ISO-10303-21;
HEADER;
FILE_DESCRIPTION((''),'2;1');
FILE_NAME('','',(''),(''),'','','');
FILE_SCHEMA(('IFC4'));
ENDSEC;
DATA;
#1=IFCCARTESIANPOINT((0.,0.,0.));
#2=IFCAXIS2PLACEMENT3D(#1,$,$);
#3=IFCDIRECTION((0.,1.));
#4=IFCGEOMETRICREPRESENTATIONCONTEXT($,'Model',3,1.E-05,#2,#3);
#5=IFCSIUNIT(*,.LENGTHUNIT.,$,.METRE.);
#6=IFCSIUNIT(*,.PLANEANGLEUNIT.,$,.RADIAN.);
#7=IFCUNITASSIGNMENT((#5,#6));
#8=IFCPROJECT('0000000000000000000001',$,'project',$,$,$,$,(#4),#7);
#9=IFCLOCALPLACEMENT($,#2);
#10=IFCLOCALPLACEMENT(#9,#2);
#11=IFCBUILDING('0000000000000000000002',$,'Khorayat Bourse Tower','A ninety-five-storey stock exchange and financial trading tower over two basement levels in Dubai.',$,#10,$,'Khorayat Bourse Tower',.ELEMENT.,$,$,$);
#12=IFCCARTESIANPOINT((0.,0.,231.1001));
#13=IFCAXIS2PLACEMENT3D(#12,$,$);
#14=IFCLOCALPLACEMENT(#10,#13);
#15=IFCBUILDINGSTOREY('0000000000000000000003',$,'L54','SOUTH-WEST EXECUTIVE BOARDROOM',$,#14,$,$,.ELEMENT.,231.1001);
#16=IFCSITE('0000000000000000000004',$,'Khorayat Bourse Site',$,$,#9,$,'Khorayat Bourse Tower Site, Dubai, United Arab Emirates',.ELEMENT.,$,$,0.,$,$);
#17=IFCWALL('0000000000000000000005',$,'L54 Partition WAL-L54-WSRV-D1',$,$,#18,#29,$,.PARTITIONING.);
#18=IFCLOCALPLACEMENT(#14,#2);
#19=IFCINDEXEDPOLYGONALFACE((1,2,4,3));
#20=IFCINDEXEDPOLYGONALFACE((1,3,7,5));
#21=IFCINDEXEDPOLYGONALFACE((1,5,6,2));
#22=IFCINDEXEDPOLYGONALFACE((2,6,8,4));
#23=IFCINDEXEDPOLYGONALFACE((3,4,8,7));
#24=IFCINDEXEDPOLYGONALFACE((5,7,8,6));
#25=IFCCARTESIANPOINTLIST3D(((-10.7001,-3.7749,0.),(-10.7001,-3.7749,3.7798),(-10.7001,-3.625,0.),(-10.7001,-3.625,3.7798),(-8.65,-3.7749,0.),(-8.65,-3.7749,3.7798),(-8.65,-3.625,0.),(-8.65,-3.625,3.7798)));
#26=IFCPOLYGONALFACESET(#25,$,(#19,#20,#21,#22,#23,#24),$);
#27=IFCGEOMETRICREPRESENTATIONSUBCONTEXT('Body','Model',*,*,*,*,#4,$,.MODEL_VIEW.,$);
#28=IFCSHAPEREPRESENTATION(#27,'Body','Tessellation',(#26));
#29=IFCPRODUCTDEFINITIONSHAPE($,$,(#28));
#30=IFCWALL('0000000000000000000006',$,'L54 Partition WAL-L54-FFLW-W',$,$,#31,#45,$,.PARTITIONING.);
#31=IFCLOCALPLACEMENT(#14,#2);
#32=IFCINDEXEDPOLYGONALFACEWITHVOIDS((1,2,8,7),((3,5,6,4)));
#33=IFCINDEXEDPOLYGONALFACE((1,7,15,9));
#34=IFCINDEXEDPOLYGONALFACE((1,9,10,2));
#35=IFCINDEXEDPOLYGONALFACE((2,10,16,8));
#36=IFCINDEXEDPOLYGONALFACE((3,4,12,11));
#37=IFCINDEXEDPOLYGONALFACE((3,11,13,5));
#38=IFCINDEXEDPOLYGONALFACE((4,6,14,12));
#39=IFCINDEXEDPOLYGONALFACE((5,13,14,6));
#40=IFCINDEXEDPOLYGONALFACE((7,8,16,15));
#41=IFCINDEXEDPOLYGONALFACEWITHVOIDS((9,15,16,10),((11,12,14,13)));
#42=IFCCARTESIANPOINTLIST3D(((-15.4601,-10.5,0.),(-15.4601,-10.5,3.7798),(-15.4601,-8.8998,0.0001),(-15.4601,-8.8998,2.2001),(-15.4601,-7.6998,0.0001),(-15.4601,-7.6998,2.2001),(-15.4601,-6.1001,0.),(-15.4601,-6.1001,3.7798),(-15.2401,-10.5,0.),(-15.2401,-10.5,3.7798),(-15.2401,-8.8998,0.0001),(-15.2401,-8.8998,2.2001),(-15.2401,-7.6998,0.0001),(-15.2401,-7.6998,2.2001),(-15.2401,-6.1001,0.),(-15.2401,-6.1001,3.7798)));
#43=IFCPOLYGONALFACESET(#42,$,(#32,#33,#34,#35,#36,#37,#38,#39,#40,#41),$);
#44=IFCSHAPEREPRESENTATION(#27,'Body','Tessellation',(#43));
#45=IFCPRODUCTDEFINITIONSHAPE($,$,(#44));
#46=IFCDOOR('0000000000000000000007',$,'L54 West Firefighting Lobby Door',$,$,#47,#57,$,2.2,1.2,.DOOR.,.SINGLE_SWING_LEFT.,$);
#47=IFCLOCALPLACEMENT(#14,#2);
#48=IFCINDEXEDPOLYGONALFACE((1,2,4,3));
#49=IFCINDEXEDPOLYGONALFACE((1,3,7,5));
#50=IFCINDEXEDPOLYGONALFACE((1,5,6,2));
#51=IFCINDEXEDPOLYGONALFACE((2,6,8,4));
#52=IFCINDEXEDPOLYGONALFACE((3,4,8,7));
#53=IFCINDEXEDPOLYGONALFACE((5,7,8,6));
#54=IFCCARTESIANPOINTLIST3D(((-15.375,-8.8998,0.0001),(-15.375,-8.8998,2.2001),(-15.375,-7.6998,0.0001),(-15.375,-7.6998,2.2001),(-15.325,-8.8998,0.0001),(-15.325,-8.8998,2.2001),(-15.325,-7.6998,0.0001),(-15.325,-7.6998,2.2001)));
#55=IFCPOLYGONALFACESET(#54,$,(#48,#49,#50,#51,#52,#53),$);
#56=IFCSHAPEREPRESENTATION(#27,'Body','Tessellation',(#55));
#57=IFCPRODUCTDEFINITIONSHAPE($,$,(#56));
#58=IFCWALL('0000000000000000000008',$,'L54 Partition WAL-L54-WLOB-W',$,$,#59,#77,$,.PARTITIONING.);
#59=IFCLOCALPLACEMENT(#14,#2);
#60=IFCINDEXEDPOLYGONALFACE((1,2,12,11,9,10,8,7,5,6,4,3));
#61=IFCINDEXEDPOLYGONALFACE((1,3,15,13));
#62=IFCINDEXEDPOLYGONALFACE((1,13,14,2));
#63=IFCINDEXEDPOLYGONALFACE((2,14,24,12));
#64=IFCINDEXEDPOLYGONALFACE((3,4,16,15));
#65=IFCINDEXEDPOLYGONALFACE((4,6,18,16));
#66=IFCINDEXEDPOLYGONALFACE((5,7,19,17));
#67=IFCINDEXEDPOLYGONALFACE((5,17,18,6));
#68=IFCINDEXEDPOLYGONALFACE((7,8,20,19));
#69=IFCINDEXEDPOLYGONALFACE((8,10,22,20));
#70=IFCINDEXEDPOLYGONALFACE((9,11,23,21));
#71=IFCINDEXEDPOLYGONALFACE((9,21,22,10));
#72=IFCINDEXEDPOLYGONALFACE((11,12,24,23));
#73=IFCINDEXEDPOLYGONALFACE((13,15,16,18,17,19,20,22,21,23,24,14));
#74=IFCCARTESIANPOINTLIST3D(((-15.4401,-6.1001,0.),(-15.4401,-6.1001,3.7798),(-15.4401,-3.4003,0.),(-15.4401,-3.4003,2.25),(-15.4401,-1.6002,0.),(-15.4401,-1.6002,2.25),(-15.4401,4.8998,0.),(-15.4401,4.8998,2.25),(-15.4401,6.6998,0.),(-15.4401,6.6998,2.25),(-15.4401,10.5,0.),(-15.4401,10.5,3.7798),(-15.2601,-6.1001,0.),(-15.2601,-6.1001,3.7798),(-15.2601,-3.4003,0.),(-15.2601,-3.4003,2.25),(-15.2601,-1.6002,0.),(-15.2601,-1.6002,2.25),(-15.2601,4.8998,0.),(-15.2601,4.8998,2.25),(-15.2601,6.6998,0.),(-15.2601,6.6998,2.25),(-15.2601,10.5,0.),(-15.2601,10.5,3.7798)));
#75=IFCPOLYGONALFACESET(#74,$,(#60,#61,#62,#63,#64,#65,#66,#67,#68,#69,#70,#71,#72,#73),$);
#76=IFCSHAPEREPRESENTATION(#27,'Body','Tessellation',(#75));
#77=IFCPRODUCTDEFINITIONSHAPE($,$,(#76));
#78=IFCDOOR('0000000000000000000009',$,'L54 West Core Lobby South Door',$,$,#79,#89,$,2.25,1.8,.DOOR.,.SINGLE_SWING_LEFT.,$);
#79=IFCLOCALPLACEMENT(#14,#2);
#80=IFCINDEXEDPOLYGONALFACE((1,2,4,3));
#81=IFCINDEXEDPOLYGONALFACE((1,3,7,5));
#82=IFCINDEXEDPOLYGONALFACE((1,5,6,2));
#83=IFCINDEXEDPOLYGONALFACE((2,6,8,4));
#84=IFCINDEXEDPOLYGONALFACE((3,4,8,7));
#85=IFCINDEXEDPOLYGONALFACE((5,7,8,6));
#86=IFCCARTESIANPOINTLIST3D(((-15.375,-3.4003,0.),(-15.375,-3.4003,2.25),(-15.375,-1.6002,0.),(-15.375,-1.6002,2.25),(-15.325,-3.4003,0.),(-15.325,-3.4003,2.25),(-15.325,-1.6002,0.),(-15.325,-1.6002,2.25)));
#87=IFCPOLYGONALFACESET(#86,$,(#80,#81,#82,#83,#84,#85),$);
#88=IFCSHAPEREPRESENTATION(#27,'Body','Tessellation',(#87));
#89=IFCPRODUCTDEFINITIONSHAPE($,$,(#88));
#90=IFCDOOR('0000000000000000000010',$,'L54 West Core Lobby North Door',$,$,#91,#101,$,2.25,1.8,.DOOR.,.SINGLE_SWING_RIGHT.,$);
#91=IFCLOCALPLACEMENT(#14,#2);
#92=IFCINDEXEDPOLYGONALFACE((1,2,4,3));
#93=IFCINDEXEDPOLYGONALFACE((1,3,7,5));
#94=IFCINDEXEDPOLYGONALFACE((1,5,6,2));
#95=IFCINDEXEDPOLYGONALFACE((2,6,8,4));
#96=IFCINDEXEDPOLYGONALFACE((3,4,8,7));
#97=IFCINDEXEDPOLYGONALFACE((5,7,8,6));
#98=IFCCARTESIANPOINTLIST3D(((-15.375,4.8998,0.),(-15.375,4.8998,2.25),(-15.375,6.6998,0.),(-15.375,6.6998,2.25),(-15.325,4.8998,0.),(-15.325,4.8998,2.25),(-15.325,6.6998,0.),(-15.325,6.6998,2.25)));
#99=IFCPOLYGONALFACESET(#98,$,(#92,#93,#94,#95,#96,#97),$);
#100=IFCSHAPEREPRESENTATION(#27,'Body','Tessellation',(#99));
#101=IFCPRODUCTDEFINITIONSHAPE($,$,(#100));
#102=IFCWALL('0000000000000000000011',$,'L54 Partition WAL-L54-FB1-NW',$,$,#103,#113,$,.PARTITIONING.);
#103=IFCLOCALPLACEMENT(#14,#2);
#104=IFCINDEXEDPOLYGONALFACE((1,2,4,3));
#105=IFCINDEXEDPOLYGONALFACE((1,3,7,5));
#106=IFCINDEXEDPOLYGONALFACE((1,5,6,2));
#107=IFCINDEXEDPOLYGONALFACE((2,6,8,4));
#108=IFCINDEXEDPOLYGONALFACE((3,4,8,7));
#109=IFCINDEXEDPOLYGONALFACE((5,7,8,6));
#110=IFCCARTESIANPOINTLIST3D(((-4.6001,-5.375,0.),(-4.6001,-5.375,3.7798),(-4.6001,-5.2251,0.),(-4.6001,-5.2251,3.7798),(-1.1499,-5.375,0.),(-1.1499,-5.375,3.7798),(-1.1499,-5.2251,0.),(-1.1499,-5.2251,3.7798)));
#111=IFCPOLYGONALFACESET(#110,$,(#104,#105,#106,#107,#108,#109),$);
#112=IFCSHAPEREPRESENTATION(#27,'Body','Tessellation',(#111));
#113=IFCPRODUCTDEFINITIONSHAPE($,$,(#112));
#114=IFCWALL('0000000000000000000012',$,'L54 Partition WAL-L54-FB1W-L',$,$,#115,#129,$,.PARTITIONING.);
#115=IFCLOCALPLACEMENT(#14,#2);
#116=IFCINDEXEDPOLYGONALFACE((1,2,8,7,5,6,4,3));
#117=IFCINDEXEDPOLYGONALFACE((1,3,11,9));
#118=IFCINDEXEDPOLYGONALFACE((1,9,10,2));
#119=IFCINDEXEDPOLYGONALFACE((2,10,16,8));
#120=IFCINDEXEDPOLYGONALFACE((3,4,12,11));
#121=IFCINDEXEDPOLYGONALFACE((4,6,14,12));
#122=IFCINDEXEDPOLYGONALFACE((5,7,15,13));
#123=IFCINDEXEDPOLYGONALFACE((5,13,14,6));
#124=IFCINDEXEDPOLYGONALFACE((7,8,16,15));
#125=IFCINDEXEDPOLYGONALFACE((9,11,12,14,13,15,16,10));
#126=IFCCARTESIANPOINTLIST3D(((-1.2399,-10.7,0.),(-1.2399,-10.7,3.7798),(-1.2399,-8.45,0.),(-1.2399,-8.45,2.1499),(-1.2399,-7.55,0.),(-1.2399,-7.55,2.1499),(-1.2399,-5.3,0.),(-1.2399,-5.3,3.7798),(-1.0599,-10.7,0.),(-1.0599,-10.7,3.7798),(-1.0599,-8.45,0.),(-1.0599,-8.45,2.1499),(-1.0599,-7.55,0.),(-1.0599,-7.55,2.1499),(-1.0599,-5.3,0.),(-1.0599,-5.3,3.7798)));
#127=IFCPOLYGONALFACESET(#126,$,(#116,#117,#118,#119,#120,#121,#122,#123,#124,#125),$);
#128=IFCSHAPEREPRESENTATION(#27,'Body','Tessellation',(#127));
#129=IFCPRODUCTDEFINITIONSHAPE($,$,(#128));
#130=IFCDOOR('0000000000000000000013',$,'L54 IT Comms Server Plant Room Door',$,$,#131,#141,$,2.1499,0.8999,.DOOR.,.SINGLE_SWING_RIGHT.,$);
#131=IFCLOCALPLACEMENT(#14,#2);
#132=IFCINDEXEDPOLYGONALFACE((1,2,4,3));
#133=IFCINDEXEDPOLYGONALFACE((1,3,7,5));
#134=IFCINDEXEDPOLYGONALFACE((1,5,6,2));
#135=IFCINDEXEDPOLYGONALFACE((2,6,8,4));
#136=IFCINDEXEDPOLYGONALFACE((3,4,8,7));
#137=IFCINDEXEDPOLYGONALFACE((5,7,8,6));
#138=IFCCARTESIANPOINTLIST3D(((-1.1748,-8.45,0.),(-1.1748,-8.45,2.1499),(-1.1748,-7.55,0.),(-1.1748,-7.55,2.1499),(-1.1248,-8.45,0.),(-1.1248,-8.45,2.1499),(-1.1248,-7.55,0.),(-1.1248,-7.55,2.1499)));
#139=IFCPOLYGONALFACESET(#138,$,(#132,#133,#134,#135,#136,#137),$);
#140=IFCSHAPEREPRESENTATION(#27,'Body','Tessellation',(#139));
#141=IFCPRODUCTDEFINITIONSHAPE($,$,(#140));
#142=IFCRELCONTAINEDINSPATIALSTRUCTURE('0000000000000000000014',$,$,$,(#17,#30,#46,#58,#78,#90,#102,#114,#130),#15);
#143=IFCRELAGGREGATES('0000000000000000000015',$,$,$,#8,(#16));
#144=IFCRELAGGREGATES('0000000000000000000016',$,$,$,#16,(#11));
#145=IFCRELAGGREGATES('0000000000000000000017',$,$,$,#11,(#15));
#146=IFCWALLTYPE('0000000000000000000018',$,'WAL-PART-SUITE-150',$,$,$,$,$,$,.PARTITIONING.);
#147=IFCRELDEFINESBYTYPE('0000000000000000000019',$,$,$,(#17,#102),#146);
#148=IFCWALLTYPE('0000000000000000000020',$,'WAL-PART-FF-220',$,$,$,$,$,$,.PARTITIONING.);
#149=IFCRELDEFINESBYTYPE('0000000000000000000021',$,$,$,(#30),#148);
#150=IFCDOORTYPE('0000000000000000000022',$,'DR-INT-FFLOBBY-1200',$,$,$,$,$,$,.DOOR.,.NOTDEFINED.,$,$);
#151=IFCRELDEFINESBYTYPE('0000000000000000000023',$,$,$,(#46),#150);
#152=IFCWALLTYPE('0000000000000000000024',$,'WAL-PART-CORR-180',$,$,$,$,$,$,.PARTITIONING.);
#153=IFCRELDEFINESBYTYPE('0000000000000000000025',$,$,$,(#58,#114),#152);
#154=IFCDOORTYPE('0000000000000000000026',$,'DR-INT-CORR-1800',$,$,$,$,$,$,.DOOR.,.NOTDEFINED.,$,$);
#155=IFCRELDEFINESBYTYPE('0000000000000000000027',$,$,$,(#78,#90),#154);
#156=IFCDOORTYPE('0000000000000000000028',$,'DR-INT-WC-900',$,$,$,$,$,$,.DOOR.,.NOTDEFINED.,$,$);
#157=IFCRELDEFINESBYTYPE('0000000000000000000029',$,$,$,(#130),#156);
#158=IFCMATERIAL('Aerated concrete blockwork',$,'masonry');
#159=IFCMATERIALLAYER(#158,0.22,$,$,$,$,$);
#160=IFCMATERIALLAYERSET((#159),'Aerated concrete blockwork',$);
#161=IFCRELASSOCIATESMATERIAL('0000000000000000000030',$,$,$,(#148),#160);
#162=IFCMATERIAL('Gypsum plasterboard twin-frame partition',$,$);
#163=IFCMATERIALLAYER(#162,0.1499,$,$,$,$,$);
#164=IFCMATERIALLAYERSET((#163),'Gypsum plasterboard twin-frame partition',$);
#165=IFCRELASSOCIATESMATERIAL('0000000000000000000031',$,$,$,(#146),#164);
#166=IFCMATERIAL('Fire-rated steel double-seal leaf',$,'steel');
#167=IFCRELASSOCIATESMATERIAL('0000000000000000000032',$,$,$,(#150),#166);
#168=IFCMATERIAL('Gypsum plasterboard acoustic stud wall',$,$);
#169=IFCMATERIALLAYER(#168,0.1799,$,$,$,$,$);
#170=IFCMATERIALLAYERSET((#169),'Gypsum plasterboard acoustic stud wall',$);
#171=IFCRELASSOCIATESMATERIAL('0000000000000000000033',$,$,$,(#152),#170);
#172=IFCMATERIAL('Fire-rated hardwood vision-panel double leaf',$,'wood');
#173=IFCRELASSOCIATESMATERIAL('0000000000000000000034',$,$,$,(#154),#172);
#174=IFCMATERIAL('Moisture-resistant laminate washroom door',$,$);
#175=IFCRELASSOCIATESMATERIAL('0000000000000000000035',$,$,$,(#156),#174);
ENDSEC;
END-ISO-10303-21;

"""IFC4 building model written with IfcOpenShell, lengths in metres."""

from ifc_helpers import new_model, si_unit, direction, frame, frame_2d, origin, place, context, subcontext, project, spatial, rectangle, extrude, source, transform, mapped, material, layer, layer_set, type_object, element, fill, save


model = new_model("IFC4")

# Units and contexts
model_context = context("Model", 3, precision=1e-05, world=origin(), true_north=direction((0.0, 1.0)))
body_context = subcontext(model_context, "Body", "Model", "MODEL_VIEW")
ifc_project = project(units=[si_unit("LENGTHUNIT", "METRE"), si_unit("PLANEANGLEUNIT", "RADIAN")], contexts=[model_context])

# Site, building, storey
site_placement = place(None, origin())
site = spatial("IfcSite", under=ifc_project, at=site_placement, Name="Khorayat Bourse Site", LongName="Khorayat Bourse Tower Site, Dubai, United Arab Emirates", CompositionType="ELEMENT", RefElevation=0.0)
building_placement = place(site_placement, origin())
building = spatial("IfcBuilding", under=site, at=building_placement, Name="Khorayat Bourse Tower", Description="A ninety-five-storey stock exchange and financial trading tower over two basement levels in Dubai.", LongName="Khorayat Bourse Tower", CompositionType="ELEMENT")
storey_placement = place(building_placement, frame((0.0, 0.0, 231.1001)))
storey = spatial("IfcBuildingStorey", under=building, at=storey_placement, Name="L54", Description="SOUTH-WEST EXECUTIVE BOARDROOM", CompositionType="ELEMENT", Elevation=231.1001)

# Wall
ifc_material_1 = material(Name="Aerated concrete blockwork", Category="masonry")
ifc_layer_1 = layer(ifc_material_1, 0.22)
ifc_layer_set_1 = layer_set([ifc_layer_1], Name="Aerated concrete blockwork")
wall_type_1 = type_object("IfcWallType", Name="WAL-PART-FF-220", PredefinedType="PARTITIONING", material=ifc_layer_set_1)
ifc_material_2 = material(Name="Gypsum plasterboard twin-frame partition")
ifc_layer_2 = layer(ifc_material_2, 0.1499)
ifc_layer_set_2 = layer_set([ifc_layer_2], Name="Gypsum plasterboard twin-frame partition")
wall_type_2 = type_object("IfcWallType", Name="WAL-PART-SUITE-150", PredefinedType="PARTITIONING", material=ifc_layer_set_2)
shared_shape_1 = source(origin(), body_context, "Body", "SweptSolid", [
    extrude(rectangle(XDim=2.05, YDim=0.1499, at=frame_2d((1.0249, 0.0))), origin(), (0.0, 0.0, 1.0), 3.7798),
])
wall_1_placement = place(storey_placement, frame((-10.7, -3.7, 0.0), z_axis=(0.0, 0.0, 1.0), x_axis=(1.0, 0.0, 0.0)))
element("IfcWall", 1, at=wall_1_placement, inside=storey, type_object=wall_type_2, Name="L54 Partition WAL-L54-WSRV-D1", PredefinedType="PARTITIONING", context=body_context, shape_type="MappedRepresentation", body=[
    mapped(shared_shape_1, transform((0.0, 0.0, 0.0), scale=1.0)),
])

# Wall, opening, door
shared_shape_2 = source(origin(), body_context, "Body", "SweptSolid", [
    extrude(rectangle(XDim=4.3999, YDim=0.22, at=frame_2d((2.2, 0.0))), origin(), (0.0, 0.0, 1.0), 3.7798),
])
wall_2_placement = place(storey_placement, frame((-15.3501, -10.5, 0.0), z_axis=(0.0, 0.0, 1.0), x_axis=(0.0, 1.0, 0.0)))
wall_2 = element("IfcWall", 2, at=wall_2_placement, inside=storey, type_object=wall_type_1, Name="L54 Partition WAL-L54-FFLW-W", PredefinedType="PARTITIONING", context=body_context, shape_type="MappedRepresentation", body=[
    mapped(shared_shape_2, transform((0.0, 0.0, 0.0), scale=1.0)),
])
shared_shape_3 = source(origin(), body_context, "Body", "SweptSolid", [
    extrude(rectangle(XDim=1.2, YDim=2.2, at=frame_2d((0.6001, 1.1001))), frame((0.0, 0.1199, 0.0), z_axis=(0.0, -1.0, 0.0), x_axis=(1.0, 0.0, 0.0)), (0.0, 0.0, 1.0), 0.24),
])
opening_1_placement = place(wall_2_placement, frame((1.6001, 0.0, 0.0)))
opening_1 = element("IfcOpeningElement", 3, at=opening_1_placement, cuts=wall_2, PredefinedType="OPENING", context=body_context, shape_type="MappedRepresentation", body=[
    mapped(shared_shape_3, transform((0.0, 0.0, 0.0), scale=1.0)),
])
ifc_material_3 = material(Name="Fire-rated steel double-seal leaf", Category="steel")
door_type_1 = type_object("IfcDoorType", Name="DR-INT-FFLOBBY-1200", OperationType="NOTDEFINED", PredefinedType="DOOR", material=ifc_material_3)
shared_shape_4 = source(origin(), body_context, "Body", "SweptSolid", [
    extrude(rectangle(XDim=1.2, YDim=2.2, at=frame_2d((0.6001, 1.1001))), frame((0.0, 0.0249, 0.0), z_axis=(0.0, -1.0, 0.0), x_axis=(1.0, 0.0, 0.0)), (0.0, 0.0, 1.0), 0.05),
])
door_1_placement = place(opening_1_placement, origin())
door_1 = element("IfcDoor", 4, at=door_1_placement, inside=storey, type_object=door_type_1, Name="L54 West Firefighting Lobby Door", OperationType="SINGLE_SWING_LEFT", OverallHeight=2.2, OverallWidth=1.2, PredefinedType="DOOR", context=body_context, shape_type="MappedRepresentation", body=[
    mapped(shared_shape_4, transform((0.0, 0.0, 0.0), scale=1.0)),
])
fill(opening_1, door_1)

# Wall, openings, doors
ifc_material_4 = material(Name="Gypsum plasterboard acoustic stud wall")
ifc_layer_3 = layer(ifc_material_4, 0.1799)
ifc_layer_set_3 = layer_set([ifc_layer_3], Name="Gypsum plasterboard acoustic stud wall")
wall_type_3 = type_object("IfcWallType", Name="WAL-PART-CORR-180", PredefinedType="PARTITIONING", material=ifc_layer_set_3)
shared_shape_5 = source(origin(), body_context, "Body", "SweptSolid", [
    extrude(rectangle(XDim=16.6001, YDim=0.1799, at=frame_2d((8.3, 0.0))), origin(), (0.0, 0.0, 1.0), 3.7798),
])
wall_3_placement = place(storey_placement, frame((-15.3501, -6.1001, 0.0), z_axis=(0.0, 0.0, 1.0), x_axis=(0.0, 1.0, 0.0)))
wall_3 = element("IfcWall", 5, at=wall_3_placement, inside=storey, type_object=wall_type_3, Name="L54 Partition WAL-L54-WLOB-W", PredefinedType="PARTITIONING", context=body_context, shape_type="MappedRepresentation", body=[
    mapped(shared_shape_5, transform((0.0, 0.0, 0.0), scale=1.0)),
])
shared_shape_6 = source(origin(), body_context, "Body", "SweptSolid", [
    extrude(rectangle(XDim=1.8, YDim=2.25, at=frame_2d((0.8999, 1.125))), frame((0.0, 0.0999, 0.0), z_axis=(0.0, -1.0, 0.0), x_axis=(1.0, 0.0, 0.0)), (0.0, 0.0, 1.0), 0.2),
])
opening_2_placement = place(wall_3_placement, frame((2.7, 0.0, 0.0)))
opening_2 = element("IfcOpeningElement", 6, at=opening_2_placement, cuts=wall_3, PredefinedType="OPENING", context=body_context, shape_type="MappedRepresentation", body=[
    mapped(shared_shape_6, transform((0.0, 0.0, 0.0), scale=1.0)),
])
opening_3_placement = place(wall_3_placement, frame((11.0, 0.0, 0.0)))
opening_3 = element("IfcOpeningElement", 7, at=opening_3_placement, cuts=wall_3, PredefinedType="OPENING", context=body_context, shape_type="MappedRepresentation", body=[
    mapped(shared_shape_6, transform((0.0, 0.0, 0.0), scale=1.0)),
])
ifc_material_5 = material(Name="Fire-rated hardwood vision-panel double leaf", Category="wood")
door_type_2 = type_object("IfcDoorType", Name="DR-INT-CORR-1800", OperationType="NOTDEFINED", PredefinedType="DOOR", material=ifc_material_5)
shared_shape_7 = source(origin(), body_context, "Body", "SweptSolid", [
    extrude(rectangle(XDim=1.8, YDim=2.25, at=frame_2d((0.8999, 1.125))), frame((0.0, 0.0249, 0.0), z_axis=(0.0, -1.0, 0.0), x_axis=(1.0, 0.0, 0.0)), (0.0, 0.0, 1.0), 0.05),
])
door_2_placement = place(opening_2_placement, origin())
door_2 = element("IfcDoor", 8, at=door_2_placement, inside=storey, type_object=door_type_2, Name="L54 West Core Lobby South Door", OperationType="SINGLE_SWING_LEFT", OverallHeight=2.25, OverallWidth=1.8, PredefinedType="DOOR", context=body_context, shape_type="MappedRepresentation", body=[
    mapped(shared_shape_7, transform((0.0, 0.0, 0.0), scale=1.0)),
])
fill(opening_2, door_2)
door_3_placement = place(opening_3_placement, origin())
door_3 = element("IfcDoor", 9, at=door_3_placement, inside=storey, type_object=door_type_2, Name="L54 West Core Lobby North Door", OperationType="SINGLE_SWING_RIGHT", OverallHeight=2.25, OverallWidth=1.8, PredefinedType="DOOR", context=body_context, shape_type="MappedRepresentation", body=[
    mapped(shared_shape_7, transform((0.0, 0.0, 0.0), scale=1.0)),
])
fill(opening_3, door_3)

# Wall
shared_shape_8 = source(origin(), body_context, "Body", "SweptSolid", [
    extrude(rectangle(XDim=3.4502, YDim=0.1499, at=frame_2d((1.7251, 0.0))), origin(), (0.0, 0.0, 1.0), 3.7798),
])
wall_4_placement = place(storey_placement, frame((-4.6001, -5.3, 0.0), z_axis=(0.0, 0.0, 1.0), x_axis=(1.0, 0.0, 0.0)))
element("IfcWall", 10, at=wall_4_placement, inside=storey, type_object=wall_type_2, Name="L54 Partition WAL-L54-FB1-NW", PredefinedType="PARTITIONING", context=body_context, shape_type="MappedRepresentation", body=[
    mapped(shared_shape_8, transform((0.0, 0.0, 0.0), scale=1.0)),
])

# Wall, opening, door
shared_shape_9 = source(origin(), body_context, "Body", "SweptSolid", [
    extrude(rectangle(XDim=5.3999, YDim=0.1799, at=frame_2d((2.7, 0.0))), origin(), (0.0, 0.0, 1.0), 3.7798),
])
wall_5_placement = place(storey_placement, frame((-1.1499, -10.7, 0.0), z_axis=(0.0, 0.0, 1.0), x_axis=(0.0, 1.0, 0.0)))
wall_5 = element("IfcWall", 11, at=wall_5_placement, inside=storey, type_object=wall_type_3, Name="L54 Partition WAL-L54-FB1W-L", PredefinedType="PARTITIONING", context=body_context, shape_type="MappedRepresentation", body=[
    mapped(shared_shape_9, transform((0.0, 0.0, 0.0), scale=1.0)),
])
shared_shape_10 = source(origin(), body_context, "Body", "SweptSolid", [
    extrude(rectangle(XDim=0.8999, YDim=2.1499, at=frame_2d((0.45, 1.075))), frame((0.0, 0.0999, 0.0), z_axis=(0.0, -1.0, 0.0), x_axis=(1.0, 0.0, 0.0)), (0.0, 0.0, 1.0), 0.2),
])
opening_4_placement = place(wall_5_placement, frame((2.25, 0.0, 0.0)))
opening_4 = element("IfcOpeningElement", 12, at=opening_4_placement, cuts=wall_5, PredefinedType="OPENING", context=body_context, shape_type="MappedRepresentation", body=[
    mapped(shared_shape_10, transform((0.0, 0.0, 0.0), scale=1.0)),
])
ifc_material_6 = material(Name="Moisture-resistant laminate washroom door")
door_type_3 = type_object("IfcDoorType", Name="DR-INT-WC-900", OperationType="NOTDEFINED", PredefinedType="DOOR", material=ifc_material_6)
shared_shape_11 = source(origin(), body_context, "Body", "SweptSolid", [
    extrude(rectangle(XDim=0.8999, YDim=2.1499, at=frame_2d((0.45, 1.075))), frame((0.0, 0.0249, 0.0), z_axis=(0.0, -1.0, 0.0), x_axis=(1.0, 0.0, 0.0)), (0.0, 0.0, 1.0), 0.05),
])
door_4_placement = place(opening_4_placement, origin())
door_4 = element("IfcDoor", 13, at=door_4_placement, inside=storey, type_object=door_type_3, Name="L54 IT Comms Server Plant Room Door", OperationType="SINGLE_SWING_RIGHT", OverallHeight=2.1499, OverallWidth=0.8999, PredefinedType="DOOR", context=body_context, shape_type="MappedRepresentation", body=[
    mapped(shared_shape_11, transform((0.0, 0.0, 0.0), scale=1.0)),
])
fill(opening_4, door_4)

save(model, "model.ifc")
